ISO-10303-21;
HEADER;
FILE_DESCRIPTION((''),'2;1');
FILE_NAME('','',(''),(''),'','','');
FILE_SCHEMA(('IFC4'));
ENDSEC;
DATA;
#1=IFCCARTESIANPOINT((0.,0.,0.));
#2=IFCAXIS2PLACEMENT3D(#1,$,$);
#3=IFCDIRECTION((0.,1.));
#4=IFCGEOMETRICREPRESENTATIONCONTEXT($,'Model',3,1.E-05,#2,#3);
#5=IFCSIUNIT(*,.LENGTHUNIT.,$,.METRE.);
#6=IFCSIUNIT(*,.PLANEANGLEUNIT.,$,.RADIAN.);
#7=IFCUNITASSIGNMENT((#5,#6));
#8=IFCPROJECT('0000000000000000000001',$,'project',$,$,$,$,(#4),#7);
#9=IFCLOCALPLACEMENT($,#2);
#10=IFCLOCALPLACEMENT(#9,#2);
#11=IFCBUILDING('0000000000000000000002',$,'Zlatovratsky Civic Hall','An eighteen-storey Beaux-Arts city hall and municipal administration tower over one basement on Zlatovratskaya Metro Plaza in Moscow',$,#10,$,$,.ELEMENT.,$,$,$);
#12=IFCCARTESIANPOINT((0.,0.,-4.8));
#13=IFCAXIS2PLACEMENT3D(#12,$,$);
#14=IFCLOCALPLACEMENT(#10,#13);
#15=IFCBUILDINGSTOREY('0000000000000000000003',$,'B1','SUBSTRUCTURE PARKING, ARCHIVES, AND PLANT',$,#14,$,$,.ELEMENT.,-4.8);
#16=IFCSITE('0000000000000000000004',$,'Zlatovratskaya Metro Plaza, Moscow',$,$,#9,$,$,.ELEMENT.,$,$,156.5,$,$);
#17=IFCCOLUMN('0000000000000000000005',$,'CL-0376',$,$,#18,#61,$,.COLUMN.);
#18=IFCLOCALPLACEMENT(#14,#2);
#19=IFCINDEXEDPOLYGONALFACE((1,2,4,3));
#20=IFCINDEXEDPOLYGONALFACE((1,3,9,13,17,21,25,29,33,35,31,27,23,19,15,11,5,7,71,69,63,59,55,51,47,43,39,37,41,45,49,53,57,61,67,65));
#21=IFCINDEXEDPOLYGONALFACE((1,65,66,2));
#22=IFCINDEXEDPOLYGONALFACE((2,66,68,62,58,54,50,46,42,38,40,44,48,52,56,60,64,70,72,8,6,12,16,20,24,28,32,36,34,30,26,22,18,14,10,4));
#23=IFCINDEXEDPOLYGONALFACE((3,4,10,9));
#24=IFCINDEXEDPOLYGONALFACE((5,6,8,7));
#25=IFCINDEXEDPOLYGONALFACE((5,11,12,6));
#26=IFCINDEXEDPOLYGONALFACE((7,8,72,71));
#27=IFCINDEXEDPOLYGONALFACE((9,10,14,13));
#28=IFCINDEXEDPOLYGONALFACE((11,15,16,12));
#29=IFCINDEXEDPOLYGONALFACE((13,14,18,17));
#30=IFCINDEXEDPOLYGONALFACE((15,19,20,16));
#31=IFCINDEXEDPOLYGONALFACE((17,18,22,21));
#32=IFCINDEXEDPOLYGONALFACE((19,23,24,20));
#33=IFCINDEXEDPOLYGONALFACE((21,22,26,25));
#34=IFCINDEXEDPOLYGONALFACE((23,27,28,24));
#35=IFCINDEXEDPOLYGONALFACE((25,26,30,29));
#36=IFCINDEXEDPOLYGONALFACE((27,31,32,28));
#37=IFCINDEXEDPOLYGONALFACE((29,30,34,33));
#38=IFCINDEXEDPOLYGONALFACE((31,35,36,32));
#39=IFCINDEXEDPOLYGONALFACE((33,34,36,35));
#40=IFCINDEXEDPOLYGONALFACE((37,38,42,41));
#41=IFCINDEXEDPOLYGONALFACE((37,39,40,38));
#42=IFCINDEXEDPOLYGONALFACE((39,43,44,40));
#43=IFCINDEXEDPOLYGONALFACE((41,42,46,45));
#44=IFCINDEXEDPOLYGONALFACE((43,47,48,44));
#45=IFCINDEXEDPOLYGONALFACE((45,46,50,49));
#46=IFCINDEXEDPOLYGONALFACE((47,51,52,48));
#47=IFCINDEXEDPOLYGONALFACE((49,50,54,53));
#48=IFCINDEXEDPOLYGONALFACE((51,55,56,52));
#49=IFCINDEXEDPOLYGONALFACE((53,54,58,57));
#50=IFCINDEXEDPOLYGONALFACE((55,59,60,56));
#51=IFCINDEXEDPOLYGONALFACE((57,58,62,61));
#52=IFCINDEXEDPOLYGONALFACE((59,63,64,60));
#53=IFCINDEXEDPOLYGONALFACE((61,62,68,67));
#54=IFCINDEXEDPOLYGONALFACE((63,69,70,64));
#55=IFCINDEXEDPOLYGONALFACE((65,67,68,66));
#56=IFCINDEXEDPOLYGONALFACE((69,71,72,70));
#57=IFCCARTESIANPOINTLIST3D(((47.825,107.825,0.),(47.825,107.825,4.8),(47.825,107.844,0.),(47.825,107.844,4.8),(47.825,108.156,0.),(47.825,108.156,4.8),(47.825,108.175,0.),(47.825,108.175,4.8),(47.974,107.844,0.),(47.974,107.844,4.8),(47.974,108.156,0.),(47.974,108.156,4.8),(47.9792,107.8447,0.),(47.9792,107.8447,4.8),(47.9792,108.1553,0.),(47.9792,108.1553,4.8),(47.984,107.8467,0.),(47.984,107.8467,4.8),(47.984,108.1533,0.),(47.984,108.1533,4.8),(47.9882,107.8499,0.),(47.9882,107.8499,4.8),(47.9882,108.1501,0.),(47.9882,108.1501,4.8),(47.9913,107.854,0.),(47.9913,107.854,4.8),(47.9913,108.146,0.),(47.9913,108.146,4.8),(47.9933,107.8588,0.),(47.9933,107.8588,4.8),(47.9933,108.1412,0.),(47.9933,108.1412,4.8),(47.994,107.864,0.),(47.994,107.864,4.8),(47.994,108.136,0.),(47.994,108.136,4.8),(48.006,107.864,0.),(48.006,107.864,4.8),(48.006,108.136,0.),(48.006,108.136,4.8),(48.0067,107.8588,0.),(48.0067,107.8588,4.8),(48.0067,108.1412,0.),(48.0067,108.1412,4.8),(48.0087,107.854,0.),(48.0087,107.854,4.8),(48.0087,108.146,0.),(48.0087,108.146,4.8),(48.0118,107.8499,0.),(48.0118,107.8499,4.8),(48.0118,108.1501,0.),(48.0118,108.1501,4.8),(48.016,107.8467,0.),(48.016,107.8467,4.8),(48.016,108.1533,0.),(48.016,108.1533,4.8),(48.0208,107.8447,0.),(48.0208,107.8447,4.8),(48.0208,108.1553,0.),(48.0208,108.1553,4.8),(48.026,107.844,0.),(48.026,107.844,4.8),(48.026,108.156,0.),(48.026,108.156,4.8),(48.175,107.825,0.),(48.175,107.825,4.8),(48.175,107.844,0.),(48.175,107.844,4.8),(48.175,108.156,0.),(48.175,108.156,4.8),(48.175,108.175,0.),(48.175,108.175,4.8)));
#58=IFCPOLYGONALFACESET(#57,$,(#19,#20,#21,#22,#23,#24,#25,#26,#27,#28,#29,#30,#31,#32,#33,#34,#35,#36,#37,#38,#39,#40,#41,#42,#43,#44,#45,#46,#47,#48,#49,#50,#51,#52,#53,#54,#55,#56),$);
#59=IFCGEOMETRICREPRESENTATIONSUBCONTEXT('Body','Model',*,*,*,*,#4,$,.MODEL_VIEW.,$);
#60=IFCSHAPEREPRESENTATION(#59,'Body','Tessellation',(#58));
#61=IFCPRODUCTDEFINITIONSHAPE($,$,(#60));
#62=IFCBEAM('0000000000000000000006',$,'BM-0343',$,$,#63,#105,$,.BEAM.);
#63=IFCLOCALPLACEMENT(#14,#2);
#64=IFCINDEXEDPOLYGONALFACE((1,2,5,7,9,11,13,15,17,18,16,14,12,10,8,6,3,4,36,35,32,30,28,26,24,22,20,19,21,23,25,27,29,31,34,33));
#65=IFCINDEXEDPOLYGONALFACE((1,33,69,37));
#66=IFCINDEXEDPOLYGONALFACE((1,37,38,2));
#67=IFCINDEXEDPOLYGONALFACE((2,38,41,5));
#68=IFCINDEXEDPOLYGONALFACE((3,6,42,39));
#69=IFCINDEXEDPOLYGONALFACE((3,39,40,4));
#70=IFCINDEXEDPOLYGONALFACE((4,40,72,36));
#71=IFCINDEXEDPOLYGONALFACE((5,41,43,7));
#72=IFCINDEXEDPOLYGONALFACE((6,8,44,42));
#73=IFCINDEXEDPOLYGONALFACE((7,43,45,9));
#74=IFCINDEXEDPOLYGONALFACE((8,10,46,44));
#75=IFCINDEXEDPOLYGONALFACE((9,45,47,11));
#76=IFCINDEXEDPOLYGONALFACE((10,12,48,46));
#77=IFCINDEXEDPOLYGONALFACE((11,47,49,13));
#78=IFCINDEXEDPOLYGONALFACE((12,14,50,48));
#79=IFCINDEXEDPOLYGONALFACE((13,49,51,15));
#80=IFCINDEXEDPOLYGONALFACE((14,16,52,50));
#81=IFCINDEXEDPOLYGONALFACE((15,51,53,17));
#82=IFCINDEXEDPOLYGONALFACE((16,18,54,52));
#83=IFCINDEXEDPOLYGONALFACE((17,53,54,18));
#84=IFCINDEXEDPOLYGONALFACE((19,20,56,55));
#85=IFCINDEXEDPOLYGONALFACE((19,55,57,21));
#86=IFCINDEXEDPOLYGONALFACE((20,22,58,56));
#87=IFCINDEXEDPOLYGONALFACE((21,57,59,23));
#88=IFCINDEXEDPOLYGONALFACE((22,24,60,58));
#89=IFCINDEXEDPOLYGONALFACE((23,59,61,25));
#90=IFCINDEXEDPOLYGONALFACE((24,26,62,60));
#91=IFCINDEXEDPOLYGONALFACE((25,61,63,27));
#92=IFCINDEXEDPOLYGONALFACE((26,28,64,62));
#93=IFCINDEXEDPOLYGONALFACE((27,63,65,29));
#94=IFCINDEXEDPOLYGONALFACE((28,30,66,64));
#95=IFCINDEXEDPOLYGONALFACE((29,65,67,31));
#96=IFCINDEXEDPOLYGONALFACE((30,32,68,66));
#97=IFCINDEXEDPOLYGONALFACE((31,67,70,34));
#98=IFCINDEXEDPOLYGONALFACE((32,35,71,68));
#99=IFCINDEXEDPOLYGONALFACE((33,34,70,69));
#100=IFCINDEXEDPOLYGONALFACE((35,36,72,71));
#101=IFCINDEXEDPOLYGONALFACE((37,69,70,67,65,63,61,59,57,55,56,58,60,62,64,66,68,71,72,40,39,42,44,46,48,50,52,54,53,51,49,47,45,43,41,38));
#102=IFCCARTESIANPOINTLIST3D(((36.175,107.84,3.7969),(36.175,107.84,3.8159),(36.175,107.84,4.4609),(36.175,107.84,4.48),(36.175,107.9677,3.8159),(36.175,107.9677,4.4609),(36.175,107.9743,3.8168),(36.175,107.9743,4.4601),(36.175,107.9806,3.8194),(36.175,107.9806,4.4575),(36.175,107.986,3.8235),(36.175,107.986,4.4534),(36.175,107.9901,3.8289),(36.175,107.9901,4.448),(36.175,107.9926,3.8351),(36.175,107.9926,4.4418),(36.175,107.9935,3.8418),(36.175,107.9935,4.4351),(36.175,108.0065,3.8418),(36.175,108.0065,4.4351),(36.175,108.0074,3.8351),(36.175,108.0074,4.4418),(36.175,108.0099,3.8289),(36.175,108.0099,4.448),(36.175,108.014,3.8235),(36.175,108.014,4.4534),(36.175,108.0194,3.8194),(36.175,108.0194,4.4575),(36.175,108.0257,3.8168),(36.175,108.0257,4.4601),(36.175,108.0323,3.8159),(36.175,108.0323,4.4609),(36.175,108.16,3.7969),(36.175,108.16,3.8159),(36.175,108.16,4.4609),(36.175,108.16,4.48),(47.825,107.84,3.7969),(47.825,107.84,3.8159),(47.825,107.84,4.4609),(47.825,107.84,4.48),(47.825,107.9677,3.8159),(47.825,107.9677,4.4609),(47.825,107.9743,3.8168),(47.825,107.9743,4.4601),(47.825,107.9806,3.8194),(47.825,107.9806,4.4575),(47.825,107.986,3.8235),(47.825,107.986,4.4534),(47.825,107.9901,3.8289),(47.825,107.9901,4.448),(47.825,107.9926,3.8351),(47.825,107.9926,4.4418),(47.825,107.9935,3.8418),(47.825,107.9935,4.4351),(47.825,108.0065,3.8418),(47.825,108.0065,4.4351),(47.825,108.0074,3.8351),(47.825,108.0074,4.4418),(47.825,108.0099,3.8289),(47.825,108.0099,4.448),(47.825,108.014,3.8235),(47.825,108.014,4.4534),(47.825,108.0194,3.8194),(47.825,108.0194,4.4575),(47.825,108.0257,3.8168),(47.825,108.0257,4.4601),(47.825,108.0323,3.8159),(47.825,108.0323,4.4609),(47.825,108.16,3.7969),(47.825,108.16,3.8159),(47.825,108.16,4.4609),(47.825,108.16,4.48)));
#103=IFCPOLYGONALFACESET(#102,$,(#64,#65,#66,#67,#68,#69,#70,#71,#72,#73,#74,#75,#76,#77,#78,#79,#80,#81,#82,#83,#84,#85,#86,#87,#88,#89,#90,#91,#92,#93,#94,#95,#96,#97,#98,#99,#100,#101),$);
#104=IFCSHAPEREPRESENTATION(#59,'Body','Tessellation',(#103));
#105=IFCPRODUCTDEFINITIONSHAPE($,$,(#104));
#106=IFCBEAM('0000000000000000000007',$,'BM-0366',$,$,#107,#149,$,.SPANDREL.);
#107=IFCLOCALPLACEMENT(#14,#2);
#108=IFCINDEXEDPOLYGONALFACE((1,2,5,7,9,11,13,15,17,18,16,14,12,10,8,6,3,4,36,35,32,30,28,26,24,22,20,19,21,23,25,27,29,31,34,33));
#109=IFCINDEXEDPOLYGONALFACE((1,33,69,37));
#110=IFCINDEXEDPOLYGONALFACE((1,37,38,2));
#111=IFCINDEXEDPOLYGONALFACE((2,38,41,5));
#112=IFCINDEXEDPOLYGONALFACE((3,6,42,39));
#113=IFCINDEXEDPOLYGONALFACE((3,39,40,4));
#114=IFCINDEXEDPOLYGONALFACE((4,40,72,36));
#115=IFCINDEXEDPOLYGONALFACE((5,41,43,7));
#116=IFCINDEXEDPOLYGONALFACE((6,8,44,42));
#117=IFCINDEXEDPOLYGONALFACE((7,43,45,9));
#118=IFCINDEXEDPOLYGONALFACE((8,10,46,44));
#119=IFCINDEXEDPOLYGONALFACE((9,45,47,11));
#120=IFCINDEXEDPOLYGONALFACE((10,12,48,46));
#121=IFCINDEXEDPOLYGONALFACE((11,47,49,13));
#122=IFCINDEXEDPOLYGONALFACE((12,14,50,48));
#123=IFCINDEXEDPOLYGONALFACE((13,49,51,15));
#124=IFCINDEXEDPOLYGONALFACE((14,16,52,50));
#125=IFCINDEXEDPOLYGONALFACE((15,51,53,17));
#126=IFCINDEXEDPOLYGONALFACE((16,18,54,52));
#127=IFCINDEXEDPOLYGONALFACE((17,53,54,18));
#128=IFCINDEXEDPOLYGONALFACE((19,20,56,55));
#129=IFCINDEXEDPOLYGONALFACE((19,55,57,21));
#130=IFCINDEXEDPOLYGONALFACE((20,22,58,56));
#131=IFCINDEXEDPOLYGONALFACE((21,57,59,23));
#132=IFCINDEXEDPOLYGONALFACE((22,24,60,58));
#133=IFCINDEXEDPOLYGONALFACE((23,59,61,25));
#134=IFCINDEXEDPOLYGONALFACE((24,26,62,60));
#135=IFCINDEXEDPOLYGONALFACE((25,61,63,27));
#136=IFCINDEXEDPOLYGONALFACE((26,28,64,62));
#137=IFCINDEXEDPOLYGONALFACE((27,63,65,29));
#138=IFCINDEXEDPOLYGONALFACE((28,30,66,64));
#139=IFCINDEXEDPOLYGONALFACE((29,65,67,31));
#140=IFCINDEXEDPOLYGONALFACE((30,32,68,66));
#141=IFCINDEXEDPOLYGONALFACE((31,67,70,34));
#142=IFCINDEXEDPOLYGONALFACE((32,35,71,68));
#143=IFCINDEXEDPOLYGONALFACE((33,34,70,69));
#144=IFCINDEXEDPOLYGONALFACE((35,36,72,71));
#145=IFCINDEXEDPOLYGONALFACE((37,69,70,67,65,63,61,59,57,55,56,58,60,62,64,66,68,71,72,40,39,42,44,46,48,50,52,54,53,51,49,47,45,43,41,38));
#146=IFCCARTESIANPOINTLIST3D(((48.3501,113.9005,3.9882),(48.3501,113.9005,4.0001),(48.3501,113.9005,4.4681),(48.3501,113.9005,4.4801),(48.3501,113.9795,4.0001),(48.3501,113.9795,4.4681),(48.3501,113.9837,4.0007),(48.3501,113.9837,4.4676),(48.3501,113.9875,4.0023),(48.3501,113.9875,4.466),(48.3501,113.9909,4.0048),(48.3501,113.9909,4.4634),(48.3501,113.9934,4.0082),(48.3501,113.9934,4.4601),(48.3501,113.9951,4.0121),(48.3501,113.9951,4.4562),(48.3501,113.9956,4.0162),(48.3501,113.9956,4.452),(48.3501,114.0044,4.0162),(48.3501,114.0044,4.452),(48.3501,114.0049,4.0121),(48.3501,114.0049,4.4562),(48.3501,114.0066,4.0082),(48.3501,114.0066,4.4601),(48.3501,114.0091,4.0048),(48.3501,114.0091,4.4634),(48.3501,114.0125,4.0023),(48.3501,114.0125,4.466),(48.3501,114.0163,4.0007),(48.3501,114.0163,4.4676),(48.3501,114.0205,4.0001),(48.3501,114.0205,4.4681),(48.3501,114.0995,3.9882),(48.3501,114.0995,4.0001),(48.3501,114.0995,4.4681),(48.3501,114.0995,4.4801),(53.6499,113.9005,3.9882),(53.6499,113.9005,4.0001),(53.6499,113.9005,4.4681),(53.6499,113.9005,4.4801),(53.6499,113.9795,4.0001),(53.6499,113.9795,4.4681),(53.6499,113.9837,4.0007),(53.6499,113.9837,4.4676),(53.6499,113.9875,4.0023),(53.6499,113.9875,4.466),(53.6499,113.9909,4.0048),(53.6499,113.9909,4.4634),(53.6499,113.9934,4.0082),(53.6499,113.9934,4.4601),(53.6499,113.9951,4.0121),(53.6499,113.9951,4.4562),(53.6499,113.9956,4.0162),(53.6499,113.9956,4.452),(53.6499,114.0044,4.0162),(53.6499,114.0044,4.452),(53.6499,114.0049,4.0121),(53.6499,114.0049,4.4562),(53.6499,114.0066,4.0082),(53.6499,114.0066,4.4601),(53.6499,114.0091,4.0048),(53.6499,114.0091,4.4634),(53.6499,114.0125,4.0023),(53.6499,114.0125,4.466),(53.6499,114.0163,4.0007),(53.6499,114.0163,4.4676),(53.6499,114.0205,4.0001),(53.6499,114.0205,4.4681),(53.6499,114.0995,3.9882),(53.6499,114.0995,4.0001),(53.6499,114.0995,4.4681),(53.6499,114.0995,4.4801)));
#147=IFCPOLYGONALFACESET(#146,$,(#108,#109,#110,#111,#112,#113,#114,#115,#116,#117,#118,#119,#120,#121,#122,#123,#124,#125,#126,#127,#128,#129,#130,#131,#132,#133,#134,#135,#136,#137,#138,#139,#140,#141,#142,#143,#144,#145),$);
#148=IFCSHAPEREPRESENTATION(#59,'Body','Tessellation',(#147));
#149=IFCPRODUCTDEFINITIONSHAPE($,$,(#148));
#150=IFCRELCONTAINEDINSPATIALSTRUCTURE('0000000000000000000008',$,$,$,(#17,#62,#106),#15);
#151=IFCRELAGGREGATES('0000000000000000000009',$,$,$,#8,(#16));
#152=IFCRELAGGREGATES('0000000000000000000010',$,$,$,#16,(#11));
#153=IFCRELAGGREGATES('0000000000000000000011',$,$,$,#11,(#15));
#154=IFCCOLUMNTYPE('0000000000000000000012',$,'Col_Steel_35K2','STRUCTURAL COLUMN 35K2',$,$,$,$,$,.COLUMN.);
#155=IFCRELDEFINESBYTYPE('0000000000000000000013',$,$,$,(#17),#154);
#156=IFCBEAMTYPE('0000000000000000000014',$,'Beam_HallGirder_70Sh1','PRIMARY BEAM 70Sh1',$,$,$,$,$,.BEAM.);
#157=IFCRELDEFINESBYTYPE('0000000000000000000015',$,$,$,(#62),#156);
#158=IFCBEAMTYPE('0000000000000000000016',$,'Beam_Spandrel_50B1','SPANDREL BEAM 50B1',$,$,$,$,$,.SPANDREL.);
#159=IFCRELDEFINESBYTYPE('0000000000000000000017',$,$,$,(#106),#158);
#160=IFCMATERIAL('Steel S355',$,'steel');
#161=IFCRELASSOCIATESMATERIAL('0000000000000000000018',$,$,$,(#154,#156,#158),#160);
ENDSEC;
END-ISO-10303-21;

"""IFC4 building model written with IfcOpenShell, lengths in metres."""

from ifc_helpers import new_model, si_unit, direction, frame, origin, origin_2d, place, context, subcontext, project, spatial, i_section, extrude, material, material_profile, profile_set, type_object, element, save


model = new_model("IFC4")

# Units and contexts
model_context = context("Model", 3, precision=1e-05, world=origin(), true_north=direction((0.0, 1.0)))
body_context = subcontext(model_context, "Body", "Model", "MODEL_VIEW")
ifc_project = project(units=[si_unit("LENGTHUNIT", "METRE"), si_unit("PLANEANGLEUNIT", "RADIAN")], contexts=[model_context])

# Site, building, storey
site_placement = place(None, origin())
site = spatial("IfcSite", under=ifc_project, at=site_placement, Name="Zlatovratskaya Metro Plaza, Moscow", CompositionType="ELEMENT", RefElevation=156.5)
building_placement = place(site_placement, origin())
building = spatial("IfcBuilding", under=site, at=building_placement, Name="Zlatovratsky Civic Hall", Description="An eighteen-storey Beaux-Arts city hall and municipal administration tower over one basement on Zlatovratskaya Metro Plaza in Moscow", CompositionType="ELEMENT")
storey_placement = place(building_placement, frame((0.0, 0.0, -4.8)))
storey = spatial("IfcBuildingStorey", under=building, at=storey_placement, Name="B1", Description="SUBSTRUCTURE PARKING, ARCHIVES, AND PLANT", CompositionType="ELEMENT", Elevation=-4.8)

# Column
ifc_material_1 = material(Name="Steel S355", Category="steel")
ifc_material_profile_1 = material_profile(ifc_material_1, i_section(OverallWidth=0.3501, OverallDepth=0.3501, WebThickness=0.012, FlangeThickness=0.019, FilletRadius=0.02, at=origin_2d()), Name="35K2")
ifc_profile_set_1 = profile_set([ifc_material_profile_1], Name="Steel S355")
column_type_1 = type_object("IfcColumnType", Name="Col_Steel_35K2", Description="STRUCTURAL COLUMN 35K2", PredefinedType="COLUMN", material=ifc_profile_set_1)
column_placement = place(storey_placement, frame((48.0, 108.0, 0.0), z_axis=(0.0, 0.0, 1.0), x_axis=(1.0, 0.0, 0.0)))
element("IfcColumn", 1, at=column_placement, inside=storey, type_object=column_type_1, Name="CL-0376", PredefinedType="COLUMN", context=body_context, shape_type="SweptSolid", body=[
    extrude(i_section(OverallWidth=0.3501, OverallDepth=0.3501, WebThickness=0.012, FlangeThickness=0.019, FilletRadius=0.02, at=origin_2d()), origin(), (0.0, 0.0, 1.0), 4.8),
])

# Beams
ifc_material_profile_2 = material_profile(ifc_material_1, i_section(OverallWidth=0.3201, OverallDepth=0.6831, WebThickness=0.0129, FlangeThickness=0.019, FilletRadius=0.0259, at=origin_2d()), Name="70Sh1")
ifc_profile_set_2 = profile_set([ifc_material_profile_2], Name="Steel S355")
beam_type_1 = type_object("IfcBeamType", Name="Beam_HallGirder_70Sh1", Description="PRIMARY BEAM 70Sh1", PredefinedType="BEAM", material=ifc_profile_set_2)
beam_1_placement = place(storey_placement, frame((36.175, 108.0, 4.1384), z_axis=(1.0, 0.0, 0.0), x_axis=(0.0, 1.0, 0.0)))
element("IfcBeam", 2, at=beam_1_placement, inside=storey, type_object=beam_type_1, Name="BM-0343", PredefinedType="BEAM", context=body_context, shape_type="SweptSolid", body=[
    extrude(i_section(OverallWidth=0.3201, OverallDepth=0.6831, WebThickness=0.0129, FlangeThickness=0.019, FilletRadius=0.0259, at=origin_2d()), origin(), (0.0, 0.0, 1.0), 11.6499),
])
ifc_material_profile_3 = material_profile(ifc_material_1, i_section(OverallWidth=0.199, OverallDepth=0.4919, WebThickness=0.0088, FlangeThickness=0.012, FilletRadius=0.0161, at=origin_2d()), Name="50B1")
ifc_profile_set_3 = profile_set([ifc_material_profile_3], Name="Steel S355")
beam_type_2 = type_object("IfcBeamType", Name="Beam_Spandrel_50B1", Description="SPANDREL BEAM 50B1", PredefinedType="SPANDREL", material=ifc_profile_set_3)
beam_2_placement = place(storey_placement, frame((48.3501, 114.0, 4.2341), z_axis=(1.0, 0.0, 0.0), x_axis=(0.0, 1.0, 0.0)))
element("IfcBeam", 3, at=beam_2_placement, inside=storey, type_object=beam_type_2, Name="BM-0366", PredefinedType="SPANDREL", context=body_context, shape_type="SweptSolid", body=[
    extrude(i_section(OverallWidth=0.199, OverallDepth=0.4919, WebThickness=0.0088, FlangeThickness=0.012, FilletRadius=0.0161, at=origin_2d()), origin(), (0.0, 0.0, 1.0), 5.2998),
])

save(model, "model.ifc")
